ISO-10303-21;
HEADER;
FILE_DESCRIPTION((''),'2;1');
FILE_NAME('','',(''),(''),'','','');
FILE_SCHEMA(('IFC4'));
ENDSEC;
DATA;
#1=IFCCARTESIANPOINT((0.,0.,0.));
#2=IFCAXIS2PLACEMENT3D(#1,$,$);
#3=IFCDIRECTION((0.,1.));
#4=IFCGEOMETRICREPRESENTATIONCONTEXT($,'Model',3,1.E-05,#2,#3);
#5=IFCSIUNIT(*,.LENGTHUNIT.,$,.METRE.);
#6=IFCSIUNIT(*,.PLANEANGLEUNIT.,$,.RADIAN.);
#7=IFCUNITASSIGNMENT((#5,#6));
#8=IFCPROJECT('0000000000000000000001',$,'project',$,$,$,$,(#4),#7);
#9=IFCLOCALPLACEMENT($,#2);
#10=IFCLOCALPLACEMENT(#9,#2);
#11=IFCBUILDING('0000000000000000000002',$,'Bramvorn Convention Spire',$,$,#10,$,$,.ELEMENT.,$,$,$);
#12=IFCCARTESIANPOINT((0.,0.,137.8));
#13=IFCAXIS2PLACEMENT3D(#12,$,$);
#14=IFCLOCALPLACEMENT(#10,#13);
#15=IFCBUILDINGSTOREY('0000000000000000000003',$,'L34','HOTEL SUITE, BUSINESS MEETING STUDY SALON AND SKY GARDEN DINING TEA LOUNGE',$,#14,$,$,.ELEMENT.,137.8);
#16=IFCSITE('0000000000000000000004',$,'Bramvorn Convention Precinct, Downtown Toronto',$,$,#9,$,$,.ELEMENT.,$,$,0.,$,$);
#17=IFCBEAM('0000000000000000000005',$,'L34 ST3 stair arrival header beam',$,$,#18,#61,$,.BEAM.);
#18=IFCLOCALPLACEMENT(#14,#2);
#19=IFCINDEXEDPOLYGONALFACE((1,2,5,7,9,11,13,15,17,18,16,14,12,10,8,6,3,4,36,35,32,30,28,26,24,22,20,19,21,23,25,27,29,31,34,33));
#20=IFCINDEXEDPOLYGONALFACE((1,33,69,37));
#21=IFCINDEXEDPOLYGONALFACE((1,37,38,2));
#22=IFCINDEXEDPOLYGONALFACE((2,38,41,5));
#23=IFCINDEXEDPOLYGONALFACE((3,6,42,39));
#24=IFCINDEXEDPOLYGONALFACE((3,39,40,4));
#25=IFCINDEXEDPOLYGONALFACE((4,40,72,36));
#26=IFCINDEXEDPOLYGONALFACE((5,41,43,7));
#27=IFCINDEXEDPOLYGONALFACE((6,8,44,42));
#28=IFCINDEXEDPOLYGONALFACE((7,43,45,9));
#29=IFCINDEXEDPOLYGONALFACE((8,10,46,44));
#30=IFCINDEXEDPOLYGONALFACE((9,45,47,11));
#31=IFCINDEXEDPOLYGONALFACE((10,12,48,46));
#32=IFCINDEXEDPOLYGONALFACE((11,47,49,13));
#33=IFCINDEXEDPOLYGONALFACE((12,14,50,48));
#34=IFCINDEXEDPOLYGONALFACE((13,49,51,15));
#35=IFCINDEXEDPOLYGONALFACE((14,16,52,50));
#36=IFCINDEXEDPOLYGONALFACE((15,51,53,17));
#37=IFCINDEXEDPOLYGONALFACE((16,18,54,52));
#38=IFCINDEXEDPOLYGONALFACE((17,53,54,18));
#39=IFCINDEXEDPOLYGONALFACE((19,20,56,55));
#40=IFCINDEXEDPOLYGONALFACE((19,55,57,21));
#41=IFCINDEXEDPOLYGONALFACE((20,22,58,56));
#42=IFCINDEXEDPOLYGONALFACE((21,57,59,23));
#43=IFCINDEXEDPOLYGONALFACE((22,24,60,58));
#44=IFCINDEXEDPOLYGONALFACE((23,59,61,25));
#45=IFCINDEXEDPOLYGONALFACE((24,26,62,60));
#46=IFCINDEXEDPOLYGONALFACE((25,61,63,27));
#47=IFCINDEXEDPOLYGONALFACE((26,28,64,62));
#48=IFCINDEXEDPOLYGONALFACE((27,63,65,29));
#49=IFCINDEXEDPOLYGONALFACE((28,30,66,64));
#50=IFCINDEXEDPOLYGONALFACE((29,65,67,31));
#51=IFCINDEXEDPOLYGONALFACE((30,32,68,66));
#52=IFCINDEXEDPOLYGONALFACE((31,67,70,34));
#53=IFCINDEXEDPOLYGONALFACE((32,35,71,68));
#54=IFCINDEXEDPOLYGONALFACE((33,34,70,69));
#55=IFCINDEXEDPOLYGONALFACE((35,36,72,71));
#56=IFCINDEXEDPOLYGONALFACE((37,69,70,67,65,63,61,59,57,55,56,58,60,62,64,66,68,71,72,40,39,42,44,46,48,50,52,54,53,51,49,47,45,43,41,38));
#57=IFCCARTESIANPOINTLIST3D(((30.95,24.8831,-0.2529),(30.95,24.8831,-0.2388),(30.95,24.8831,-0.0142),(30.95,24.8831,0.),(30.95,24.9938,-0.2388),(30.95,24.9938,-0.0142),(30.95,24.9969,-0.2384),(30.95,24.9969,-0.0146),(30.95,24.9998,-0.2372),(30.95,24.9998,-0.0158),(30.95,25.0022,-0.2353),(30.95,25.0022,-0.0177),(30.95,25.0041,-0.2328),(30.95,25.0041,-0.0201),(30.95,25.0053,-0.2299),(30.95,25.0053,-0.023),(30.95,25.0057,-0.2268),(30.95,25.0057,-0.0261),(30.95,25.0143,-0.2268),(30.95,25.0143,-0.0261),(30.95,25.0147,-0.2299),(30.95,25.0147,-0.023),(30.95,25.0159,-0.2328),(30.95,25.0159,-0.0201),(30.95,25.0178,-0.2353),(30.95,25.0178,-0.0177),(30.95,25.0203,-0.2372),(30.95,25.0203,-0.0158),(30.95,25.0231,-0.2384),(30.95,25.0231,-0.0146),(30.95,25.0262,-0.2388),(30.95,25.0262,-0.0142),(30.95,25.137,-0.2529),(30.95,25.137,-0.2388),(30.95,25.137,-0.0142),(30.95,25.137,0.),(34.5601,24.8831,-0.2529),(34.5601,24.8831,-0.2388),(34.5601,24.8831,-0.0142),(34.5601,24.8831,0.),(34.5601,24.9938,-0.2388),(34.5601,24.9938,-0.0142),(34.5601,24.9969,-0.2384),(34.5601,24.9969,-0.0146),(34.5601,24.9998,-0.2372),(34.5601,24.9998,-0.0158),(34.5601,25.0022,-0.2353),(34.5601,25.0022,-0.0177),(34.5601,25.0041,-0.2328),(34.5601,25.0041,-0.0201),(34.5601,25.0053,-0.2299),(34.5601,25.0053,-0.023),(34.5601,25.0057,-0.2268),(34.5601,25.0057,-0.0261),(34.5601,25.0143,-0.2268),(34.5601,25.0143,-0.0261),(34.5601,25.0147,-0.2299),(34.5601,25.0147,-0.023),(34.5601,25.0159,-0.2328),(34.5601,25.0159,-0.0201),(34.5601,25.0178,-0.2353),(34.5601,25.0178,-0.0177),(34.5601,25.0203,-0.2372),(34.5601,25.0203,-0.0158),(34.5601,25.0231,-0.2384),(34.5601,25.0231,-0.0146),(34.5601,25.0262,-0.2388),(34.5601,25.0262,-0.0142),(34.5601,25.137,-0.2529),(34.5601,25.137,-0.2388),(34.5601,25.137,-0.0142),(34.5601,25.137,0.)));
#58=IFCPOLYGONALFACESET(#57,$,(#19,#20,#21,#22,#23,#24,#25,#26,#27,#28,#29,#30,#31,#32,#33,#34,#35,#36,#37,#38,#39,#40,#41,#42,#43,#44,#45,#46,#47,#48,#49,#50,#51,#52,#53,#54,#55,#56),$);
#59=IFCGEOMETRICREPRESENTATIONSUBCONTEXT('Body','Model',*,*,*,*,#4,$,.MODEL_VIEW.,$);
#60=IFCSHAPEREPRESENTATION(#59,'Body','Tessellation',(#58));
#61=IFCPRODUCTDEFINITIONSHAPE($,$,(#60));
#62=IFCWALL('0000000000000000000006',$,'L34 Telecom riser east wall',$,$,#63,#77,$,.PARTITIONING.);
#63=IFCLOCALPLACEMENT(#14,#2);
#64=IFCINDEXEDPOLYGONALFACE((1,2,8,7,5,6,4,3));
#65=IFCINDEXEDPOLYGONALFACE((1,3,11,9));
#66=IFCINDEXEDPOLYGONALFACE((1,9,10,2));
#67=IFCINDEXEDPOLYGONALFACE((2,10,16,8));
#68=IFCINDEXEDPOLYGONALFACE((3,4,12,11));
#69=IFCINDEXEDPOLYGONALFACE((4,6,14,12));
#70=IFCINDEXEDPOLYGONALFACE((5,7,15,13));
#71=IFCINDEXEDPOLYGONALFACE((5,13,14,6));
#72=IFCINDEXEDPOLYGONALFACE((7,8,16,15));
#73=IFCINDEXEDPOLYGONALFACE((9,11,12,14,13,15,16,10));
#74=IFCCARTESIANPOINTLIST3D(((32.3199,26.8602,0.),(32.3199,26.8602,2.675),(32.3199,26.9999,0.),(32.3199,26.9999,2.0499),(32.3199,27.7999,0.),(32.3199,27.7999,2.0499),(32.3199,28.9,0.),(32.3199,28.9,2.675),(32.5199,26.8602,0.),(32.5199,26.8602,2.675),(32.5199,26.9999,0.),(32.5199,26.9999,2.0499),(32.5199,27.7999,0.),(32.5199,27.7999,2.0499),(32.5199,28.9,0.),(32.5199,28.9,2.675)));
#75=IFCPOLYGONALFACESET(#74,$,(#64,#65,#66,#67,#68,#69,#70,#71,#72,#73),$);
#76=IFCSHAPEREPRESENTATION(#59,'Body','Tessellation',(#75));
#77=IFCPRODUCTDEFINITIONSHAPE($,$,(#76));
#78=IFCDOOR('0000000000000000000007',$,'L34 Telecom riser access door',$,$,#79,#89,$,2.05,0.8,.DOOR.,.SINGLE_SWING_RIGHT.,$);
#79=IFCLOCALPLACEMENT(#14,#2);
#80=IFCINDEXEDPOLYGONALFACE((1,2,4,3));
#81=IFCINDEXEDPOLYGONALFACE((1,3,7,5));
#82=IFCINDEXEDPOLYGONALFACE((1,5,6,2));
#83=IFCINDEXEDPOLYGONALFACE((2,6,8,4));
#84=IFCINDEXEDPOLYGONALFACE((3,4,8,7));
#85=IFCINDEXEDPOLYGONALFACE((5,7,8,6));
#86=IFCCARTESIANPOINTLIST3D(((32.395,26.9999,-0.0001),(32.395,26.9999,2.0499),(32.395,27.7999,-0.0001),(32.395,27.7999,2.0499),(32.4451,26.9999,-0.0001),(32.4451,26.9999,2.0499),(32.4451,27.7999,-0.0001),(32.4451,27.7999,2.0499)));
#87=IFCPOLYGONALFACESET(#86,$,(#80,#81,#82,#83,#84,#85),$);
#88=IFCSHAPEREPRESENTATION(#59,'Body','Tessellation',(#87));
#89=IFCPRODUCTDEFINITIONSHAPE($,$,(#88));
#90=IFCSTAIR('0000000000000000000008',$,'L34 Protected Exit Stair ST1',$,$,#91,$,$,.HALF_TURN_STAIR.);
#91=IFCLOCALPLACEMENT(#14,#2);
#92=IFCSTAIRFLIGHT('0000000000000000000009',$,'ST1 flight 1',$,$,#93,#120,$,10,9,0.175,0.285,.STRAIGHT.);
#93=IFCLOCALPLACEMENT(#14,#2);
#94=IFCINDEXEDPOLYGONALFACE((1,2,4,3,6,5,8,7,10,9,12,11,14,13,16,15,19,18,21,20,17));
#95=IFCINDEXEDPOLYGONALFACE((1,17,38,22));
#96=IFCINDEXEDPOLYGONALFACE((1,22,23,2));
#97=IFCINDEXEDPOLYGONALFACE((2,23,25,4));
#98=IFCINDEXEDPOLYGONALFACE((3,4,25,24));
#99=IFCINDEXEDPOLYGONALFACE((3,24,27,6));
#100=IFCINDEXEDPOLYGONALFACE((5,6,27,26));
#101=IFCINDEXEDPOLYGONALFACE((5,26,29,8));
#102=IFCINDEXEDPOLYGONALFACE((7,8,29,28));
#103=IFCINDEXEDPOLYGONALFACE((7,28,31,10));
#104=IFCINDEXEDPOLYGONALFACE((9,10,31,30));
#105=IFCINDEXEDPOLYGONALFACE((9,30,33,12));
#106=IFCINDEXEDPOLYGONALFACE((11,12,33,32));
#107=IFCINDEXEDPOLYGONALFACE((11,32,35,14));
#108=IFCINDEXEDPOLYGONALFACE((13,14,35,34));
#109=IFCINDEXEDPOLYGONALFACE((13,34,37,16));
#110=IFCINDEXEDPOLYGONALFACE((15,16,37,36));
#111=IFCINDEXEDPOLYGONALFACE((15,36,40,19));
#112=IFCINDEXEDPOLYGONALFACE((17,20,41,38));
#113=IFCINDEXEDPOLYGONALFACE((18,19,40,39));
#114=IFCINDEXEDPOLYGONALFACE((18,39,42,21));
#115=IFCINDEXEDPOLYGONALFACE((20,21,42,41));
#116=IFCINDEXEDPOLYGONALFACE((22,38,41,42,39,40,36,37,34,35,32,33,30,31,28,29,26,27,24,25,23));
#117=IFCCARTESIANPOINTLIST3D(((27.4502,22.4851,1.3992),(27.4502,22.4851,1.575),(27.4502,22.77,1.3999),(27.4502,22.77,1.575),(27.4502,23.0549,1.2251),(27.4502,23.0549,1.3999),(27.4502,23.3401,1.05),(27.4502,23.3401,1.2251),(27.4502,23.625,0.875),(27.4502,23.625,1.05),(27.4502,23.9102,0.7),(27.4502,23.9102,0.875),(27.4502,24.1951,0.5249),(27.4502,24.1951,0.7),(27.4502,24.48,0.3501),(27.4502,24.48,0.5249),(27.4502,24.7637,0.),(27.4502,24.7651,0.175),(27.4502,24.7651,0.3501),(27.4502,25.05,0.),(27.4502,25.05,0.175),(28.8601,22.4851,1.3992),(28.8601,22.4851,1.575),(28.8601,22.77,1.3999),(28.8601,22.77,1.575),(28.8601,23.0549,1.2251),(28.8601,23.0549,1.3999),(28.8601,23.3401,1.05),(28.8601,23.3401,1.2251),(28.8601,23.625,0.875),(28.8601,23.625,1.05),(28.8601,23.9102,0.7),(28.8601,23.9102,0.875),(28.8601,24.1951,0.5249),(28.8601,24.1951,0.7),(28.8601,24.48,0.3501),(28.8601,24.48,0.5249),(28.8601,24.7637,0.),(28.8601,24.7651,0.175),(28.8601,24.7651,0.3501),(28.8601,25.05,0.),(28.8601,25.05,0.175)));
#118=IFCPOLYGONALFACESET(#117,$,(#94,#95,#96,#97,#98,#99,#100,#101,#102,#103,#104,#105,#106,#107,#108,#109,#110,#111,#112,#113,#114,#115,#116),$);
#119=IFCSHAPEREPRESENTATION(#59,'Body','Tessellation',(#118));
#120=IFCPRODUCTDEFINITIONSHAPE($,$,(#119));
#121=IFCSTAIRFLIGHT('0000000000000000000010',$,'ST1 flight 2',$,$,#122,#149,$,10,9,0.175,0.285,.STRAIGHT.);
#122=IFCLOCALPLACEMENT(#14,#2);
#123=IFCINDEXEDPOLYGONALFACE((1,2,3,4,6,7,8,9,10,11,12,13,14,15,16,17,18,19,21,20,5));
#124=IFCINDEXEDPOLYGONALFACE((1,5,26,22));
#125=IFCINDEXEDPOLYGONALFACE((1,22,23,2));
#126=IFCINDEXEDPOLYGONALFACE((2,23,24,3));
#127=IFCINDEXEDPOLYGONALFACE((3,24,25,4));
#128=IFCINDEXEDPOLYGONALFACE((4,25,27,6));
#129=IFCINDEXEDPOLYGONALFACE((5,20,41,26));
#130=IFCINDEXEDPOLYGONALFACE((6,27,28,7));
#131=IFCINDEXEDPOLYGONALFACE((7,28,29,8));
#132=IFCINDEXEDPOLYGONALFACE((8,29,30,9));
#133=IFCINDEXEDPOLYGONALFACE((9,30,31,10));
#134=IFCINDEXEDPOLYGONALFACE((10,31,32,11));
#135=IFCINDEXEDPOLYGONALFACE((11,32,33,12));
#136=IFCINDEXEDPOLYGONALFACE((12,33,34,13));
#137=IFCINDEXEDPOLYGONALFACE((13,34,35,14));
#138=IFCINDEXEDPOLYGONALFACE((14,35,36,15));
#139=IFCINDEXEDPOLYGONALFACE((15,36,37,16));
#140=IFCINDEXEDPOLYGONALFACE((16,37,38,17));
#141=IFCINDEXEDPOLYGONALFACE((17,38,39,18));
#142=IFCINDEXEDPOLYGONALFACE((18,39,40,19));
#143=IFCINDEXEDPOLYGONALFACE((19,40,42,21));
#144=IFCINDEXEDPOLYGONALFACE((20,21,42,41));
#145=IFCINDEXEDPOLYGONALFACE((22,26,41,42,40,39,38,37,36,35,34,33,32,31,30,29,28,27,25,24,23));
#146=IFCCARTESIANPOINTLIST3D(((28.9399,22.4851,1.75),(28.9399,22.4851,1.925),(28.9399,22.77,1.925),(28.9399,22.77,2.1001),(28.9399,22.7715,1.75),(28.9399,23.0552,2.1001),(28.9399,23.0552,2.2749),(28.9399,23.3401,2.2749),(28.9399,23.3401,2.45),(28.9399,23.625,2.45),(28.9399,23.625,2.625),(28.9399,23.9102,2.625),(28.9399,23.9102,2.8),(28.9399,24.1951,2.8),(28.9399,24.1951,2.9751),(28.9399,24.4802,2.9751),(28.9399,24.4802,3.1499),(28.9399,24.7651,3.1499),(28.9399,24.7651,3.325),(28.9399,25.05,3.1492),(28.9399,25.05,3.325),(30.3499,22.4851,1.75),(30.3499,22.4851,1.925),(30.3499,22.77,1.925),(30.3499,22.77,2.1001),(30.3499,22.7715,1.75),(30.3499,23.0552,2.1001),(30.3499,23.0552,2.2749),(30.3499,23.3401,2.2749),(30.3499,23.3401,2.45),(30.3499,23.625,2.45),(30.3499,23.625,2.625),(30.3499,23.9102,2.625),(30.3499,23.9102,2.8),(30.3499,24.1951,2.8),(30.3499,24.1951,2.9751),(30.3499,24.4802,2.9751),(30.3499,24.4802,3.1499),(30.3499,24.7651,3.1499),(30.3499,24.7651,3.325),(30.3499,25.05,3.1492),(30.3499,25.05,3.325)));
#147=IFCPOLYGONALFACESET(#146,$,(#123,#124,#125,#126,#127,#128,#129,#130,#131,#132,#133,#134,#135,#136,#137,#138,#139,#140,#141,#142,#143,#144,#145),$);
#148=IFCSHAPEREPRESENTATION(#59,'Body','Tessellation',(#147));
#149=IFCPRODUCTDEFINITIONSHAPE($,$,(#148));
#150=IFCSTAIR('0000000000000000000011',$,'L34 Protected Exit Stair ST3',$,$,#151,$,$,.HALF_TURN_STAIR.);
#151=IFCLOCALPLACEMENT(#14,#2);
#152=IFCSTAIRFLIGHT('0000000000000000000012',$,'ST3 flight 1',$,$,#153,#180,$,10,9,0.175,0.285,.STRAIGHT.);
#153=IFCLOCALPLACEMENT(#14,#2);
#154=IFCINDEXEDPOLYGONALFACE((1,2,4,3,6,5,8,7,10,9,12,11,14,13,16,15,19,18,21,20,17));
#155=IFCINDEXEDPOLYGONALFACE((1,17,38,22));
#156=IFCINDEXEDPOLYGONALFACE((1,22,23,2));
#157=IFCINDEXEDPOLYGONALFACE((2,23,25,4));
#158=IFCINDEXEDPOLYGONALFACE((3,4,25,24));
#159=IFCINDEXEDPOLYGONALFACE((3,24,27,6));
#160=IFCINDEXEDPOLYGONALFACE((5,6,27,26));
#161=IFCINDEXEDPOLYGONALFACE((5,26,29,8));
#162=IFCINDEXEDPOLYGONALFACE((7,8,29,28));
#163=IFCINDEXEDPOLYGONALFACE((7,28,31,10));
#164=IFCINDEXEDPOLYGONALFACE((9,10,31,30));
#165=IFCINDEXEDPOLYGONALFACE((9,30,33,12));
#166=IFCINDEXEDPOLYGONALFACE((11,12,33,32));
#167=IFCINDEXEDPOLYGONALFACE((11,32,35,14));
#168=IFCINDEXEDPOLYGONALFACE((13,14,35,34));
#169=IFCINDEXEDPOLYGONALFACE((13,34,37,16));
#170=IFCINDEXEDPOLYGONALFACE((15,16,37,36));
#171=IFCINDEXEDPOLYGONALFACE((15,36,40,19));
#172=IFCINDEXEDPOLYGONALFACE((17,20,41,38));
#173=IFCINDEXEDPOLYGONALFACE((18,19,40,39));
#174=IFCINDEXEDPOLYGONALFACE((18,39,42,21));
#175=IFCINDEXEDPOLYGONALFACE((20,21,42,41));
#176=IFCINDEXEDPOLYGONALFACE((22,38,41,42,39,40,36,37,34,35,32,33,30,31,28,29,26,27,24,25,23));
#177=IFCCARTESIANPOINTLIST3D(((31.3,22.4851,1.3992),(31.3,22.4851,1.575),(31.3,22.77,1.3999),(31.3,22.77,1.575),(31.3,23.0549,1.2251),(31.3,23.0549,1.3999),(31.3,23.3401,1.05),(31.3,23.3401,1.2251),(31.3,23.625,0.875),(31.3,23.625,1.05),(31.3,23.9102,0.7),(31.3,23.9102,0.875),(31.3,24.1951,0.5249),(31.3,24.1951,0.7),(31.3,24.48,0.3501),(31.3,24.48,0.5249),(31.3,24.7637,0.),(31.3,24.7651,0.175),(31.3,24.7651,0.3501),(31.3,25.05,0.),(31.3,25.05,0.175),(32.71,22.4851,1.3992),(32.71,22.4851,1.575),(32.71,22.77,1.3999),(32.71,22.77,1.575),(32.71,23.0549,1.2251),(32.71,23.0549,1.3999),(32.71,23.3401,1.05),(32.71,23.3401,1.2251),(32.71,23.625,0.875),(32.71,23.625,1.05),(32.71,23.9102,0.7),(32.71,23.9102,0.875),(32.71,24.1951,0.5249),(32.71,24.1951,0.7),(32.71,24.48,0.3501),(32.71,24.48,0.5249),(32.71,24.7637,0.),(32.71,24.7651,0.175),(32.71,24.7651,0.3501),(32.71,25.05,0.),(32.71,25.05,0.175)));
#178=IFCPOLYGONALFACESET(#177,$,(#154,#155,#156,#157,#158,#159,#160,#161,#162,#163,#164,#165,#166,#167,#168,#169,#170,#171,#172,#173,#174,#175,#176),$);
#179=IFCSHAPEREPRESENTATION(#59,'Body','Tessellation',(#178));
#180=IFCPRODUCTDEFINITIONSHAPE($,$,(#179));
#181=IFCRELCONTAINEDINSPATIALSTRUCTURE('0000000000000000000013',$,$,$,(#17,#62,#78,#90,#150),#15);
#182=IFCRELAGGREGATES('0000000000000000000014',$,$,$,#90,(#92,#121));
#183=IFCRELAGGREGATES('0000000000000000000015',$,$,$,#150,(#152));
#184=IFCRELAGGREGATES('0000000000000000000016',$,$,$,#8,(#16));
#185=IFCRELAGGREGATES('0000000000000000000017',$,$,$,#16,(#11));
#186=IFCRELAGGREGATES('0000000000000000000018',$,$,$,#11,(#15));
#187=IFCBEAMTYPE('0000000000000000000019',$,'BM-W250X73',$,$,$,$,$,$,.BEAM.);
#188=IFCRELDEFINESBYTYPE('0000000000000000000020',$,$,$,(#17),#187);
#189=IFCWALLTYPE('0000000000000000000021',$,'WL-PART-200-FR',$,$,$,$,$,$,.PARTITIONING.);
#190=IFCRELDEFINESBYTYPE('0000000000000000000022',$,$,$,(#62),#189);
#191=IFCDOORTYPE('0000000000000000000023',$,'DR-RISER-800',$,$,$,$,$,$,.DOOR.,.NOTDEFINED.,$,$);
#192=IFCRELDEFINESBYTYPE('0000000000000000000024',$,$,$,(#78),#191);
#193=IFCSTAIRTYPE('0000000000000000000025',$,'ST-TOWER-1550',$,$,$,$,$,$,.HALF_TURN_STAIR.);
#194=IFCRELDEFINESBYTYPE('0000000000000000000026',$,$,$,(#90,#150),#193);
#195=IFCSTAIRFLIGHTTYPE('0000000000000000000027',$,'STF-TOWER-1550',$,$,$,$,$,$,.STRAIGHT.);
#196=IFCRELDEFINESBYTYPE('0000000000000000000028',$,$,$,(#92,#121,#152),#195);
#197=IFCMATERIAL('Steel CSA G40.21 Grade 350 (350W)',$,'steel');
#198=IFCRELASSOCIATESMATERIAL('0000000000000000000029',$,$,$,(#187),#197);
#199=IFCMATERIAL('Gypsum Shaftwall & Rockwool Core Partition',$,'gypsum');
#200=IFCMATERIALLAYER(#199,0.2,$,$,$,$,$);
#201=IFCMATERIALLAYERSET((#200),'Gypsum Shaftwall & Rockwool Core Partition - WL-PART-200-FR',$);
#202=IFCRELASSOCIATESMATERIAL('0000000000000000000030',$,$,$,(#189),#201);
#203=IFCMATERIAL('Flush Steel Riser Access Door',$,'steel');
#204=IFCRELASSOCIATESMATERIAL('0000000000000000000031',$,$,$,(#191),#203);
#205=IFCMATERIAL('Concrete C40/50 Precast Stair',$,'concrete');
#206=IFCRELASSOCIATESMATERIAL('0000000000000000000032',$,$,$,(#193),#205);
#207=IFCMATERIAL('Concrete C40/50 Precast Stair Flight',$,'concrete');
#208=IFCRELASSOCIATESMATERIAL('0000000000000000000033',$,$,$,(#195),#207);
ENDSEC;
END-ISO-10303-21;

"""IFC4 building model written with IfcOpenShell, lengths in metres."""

from ifc_helpers import new_model, si_unit, direction, frame, frame_2d, origin, origin_2d, place, context, subcontext, project, spatial, polyline, rectangle, i_section, outline, extrude, material, layer, layer_set, material_profile, profile_set, type_object, element, fill, aggregate, save


model = new_model("IFC4")

# Units and contexts
model_context = context("Model", 3, precision=1e-05, world=origin(), true_north=direction((0.0, 1.0)))
body_context = subcontext(model_context, "Body", "Model", "MODEL_VIEW")
ifc_project = project(units=[si_unit("LENGTHUNIT", "METRE"), si_unit("PLANEANGLEUNIT", "RADIAN")], contexts=[model_context])

# Site, building, storey
site_placement = place(None, origin())
site = spatial("IfcSite", under=ifc_project, at=site_placement, Name="Bramvorn Convention Precinct, Downtown Toronto", CompositionType="ELEMENT", RefElevation=0.0)
building_placement = place(site_placement, origin())
building = spatial("IfcBuilding", under=site, at=building_placement, Name="Bramvorn Convention Spire", CompositionType="ELEMENT")
storey_placement = place(building_placement, frame((0.0, 0.0, 137.8)))
storey = spatial("IfcBuildingStorey", under=building, at=storey_placement, Name="L34", Description="HOTEL SUITE, BUSINESS MEETING STUDY SALON AND SKY GARDEN DINING TEA LOUNGE", CompositionType="ELEMENT", Elevation=137.8)

# Beam
ifc_material_1 = material(Name="Steel CSA G40.21 Grade 350 (350W)", Category="steel")
ifc_material_profile = material_profile(ifc_material_1, i_section(OverallWidth=0.2539, OverallDepth=0.2529, WebThickness=0.0085, FlangeThickness=0.0142, FilletRadius=0.012, at=origin_2d()))
ifc_profile_set = profile_set([ifc_material_profile], Name="Steel CSA G40.21 Grade 350 (350W) - W250X73")
beam_type = type_object("IfcBeamType", Name="BM-W250X73", PredefinedType="BEAM", material=ifc_profile_set)
beam_placement = place(storey_placement, frame((30.95, 25.01, -0.1265), z_axis=(1.0, 0.0, 0.0), x_axis=(0.0, 1.0, 0.0)))
element("IfcBeam", 1, at=beam_placement, inside=storey, type_object=beam_type, Name="L34 ST3 stair arrival header beam", PredefinedType="BEAM", context=body_context, shape_type="SweptSolid", body=[
    extrude(i_section(OverallWidth=0.2539, OverallDepth=0.2529, WebThickness=0.0085, FlangeThickness=0.0142, FilletRadius=0.012, at=origin_2d()), origin(), (0.0, 0.0, 1.0), 3.6101),
])

# Wall, opening, door
ifc_material_2 = material(Name="Gypsum Shaftwall & Rockwool Core Partition", Category="gypsum")
ifc_layer_1 = layer(ifc_material_2, 0.2)
ifc_layer_set_1 = layer_set([ifc_layer_1], Name="Gypsum Shaftwall & Rockwool Core Partition - WL-PART-200-FR")
wall_type_1 = type_object("IfcWallType", Name="WL-PART-200-FR", PredefinedType="PARTITIONING", material=ifc_layer_set_1)
wall_1_placement = place(storey_placement, frame((32.4199, 26.8601, 0.0), z_axis=(0.0, 0.0, 1.0), x_axis=(0.0, 1.0, 0.0)))
wall_1 = element("IfcWall", 2, at=wall_1_placement, inside=storey, type_object=wall_type_1, Name="L34 Telecom riser east wall", PredefinedType="PARTITIONING", context=body_context, shape_type="SweptSolid", body=[
    extrude(rectangle(XDim=2.0398, YDim=0.2, at=frame_2d((1.02, 0.0))), origin(), (0.0, 0.0, 1.0), 2.675),
])
opening_1_placement = place(wall_1_placement, frame((0.1399, 0.0, 0.0)))
opening_1 = element("IfcOpeningElement", 3, at=opening_1_placement, cuts=wall_1, PredefinedType="OPENING", context=body_context, shape_type="SweptSolid", body=[
    extrude(rectangle(XDim=0.8, YDim=2.05, at=frame_2d((0.3999, 1.0249))), frame((0.0, 0.1099, 0.0), z_axis=(0.0, -1.0, 0.0), x_axis=(1.0, 0.0, 0.0)), (0.0, 0.0, 1.0), 0.22),
])
ifc_material_3 = material(Name="Flush Steel Riser Access Door", Category="steel")
door_type_1 = type_object("IfcDoorType", Name="DR-RISER-800", OperationType="NOTDEFINED", PredefinedType="DOOR", material=ifc_material_3)
door_1_placement = place(opening_1_placement, origin())
door_1 = element("IfcDoor", 4, at=door_1_placement, inside=storey, type_object=door_type_1, Name="L34 Telecom riser access door", OperationType="SINGLE_SWING_RIGHT", OverallHeight=2.05, OverallWidth=0.8, PredefinedType="DOOR", context=body_context, shape_type="SweptSolid", body=[
    extrude(rectangle(XDim=0.8, YDim=2.05, at=frame_2d((0.3999, 1.0249))), frame((0.0, 0.0249, 0.0), z_axis=(0.0, -1.0, 0.0), x_axis=(1.0, 0.0, 0.0)), (0.0, 0.0, 1.0), 0.05),
])
fill(opening_1, door_1)

# Stair, stair flights
ifc_material_4 = material(Name="Concrete C40/50 Precast Stair", Category="concrete")
stair_type = type_object("IfcStairType", Name="ST-TOWER-1550", PredefinedType="HALF_TURN_STAIR", material=ifc_material_4)
stair_1_placement = place(storey_placement, origin())
stair_1 = element("IfcStair", 5, at=stair_1_placement, inside=storey, type_object=stair_type, Name="L34 Protected Exit Stair ST1", PredefinedType="HALF_TURN_STAIR")
ifc_material_5 = material(Name="Concrete C40/50 Precast Stair Flight", Category="concrete")
stair_flight_type = type_object("IfcStairFlightType", Name="STF-TOWER-1550", PredefinedType="STRAIGHT", material=ifc_material_5)
stair_flight_1_placement = place(storey_placement, frame((28.155, 25.05, 0.0), z_axis=(0.0, 0.0, 1.0), x_axis=(0.0, -1.0, 0.0)))
stair_flight_1 = element("IfcStairFlight", 6, at=stair_flight_1_placement, type_object=stair_flight_type, Name="ST1 flight 1", NumberOfRisers=10, NumberOfTreads=9, PredefinedType="STRAIGHT", RiserHeight=0.175, TreadLength=0.285, context=body_context, shape_type="SweptSolid", body=[
    extrude(outline(polyline([(0.0, 0.0), (0.0, 0.175), (0.2849, 0.175), (0.2849, 0.3501), (0.5701, 0.3501), (0.5701, 0.5249), (0.855, 0.5249), (0.855, 0.7), (1.1399, 0.7), (1.1399, 0.875), (1.425, 0.875), (1.425, 1.05), (1.71, 1.05), (1.71, 1.2251), (1.9951, 1.2251), (1.9951, 1.3999), (2.28, 1.3999), (2.28, 1.575), (2.5649, 1.575), (2.5649, 1.75), (2.5649, 1.3992), (0.2864, 0.0), (0.0, 0.0)])), frame((0.0, 0.7051, 0.0), z_axis=(0.0, -1.0, 0.0), x_axis=(1.0, 0.0, 0.0)), (0.0, 0.0, 1.0), 1.4099),
])
stair_flight_2_placement = place(storey_placement, frame((29.645, 22.4851, 1.75), z_axis=(0.0, 0.0, 1.0), x_axis=(0.0, 1.0, 0.0)))
stair_flight_2 = element("IfcStairFlight", 7, at=stair_flight_2_placement, type_object=stair_flight_type, Name="ST1 flight 2", NumberOfRisers=10, NumberOfTreads=9, PredefinedType="STRAIGHT", RiserHeight=0.175, TreadLength=0.285, context=body_context, shape_type="SweptSolid", body=[
    extrude(outline(polyline([(0.0, 0.0), (0.0, 0.175), (0.2849, 0.175), (0.2849, 0.3501), (0.5701, 0.3501), (0.5701, 0.5249), (0.855, 0.5249), (0.855, 0.7), (1.1399, 0.7), (1.1399, 0.875), (1.425, 0.875), (1.425, 1.05), (1.71, 1.05), (1.71, 1.2251), (1.9951, 1.2251), (1.9951, 1.3999), (2.28, 1.3999), (2.28, 1.575), (2.5649, 1.575), (2.5649, 1.75), (2.5649, 1.3992), (0.2864, 0.0), (0.0, 0.0)])), frame((0.0, 0.7051, 0.0), z_axis=(0.0, -1.0, 0.0), x_axis=(1.0, 0.0, 0.0)), (0.0, 0.0, 1.0), 1.4099),
])
aggregate(stair_1, [stair_flight_1, stair_flight_2])

# Stair, stair flight
stair_2_placement = place(storey_placement, origin())
stair_2 = element("IfcStair", 8, at=stair_2_placement, inside=storey, type_object=stair_type, Name="L34 Protected Exit Stair ST3", PredefinedType="HALF_TURN_STAIR")
stair_flight_3_placement = place(storey_placement, frame((32.0049, 25.05, 0.0), z_axis=(0.0, 0.0, 1.0), x_axis=(0.0, -1.0, 0.0)))
stair_flight_3 = element("IfcStairFlight", 9, at=stair_flight_3_placement, type_object=stair_flight_type, Name="ST3 flight 1", NumberOfRisers=10, NumberOfTreads=9, PredefinedType="STRAIGHT", RiserHeight=0.175, TreadLength=0.285, context=body_context, shape_type="SweptSolid", body=[
    extrude(outline(polyline([(0.0, 0.0), (0.0, 0.175), (0.2849, 0.175), (0.2849, 0.3501), (0.5701, 0.3501), (0.5701, 0.5249), (0.855, 0.5249), (0.855, 0.7), (1.1399, 0.7), (1.1399, 0.875), (1.425, 0.875), (1.425, 1.05), (1.71, 1.05), (1.71, 1.2251), (1.9951, 1.2251), (1.9951, 1.3999), (2.28, 1.3999), (2.28, 1.575), (2.5649, 1.575), (2.5649, 1.75), (2.5649, 1.3992), (0.2864, 0.0), (0.0, 0.0)])), frame((0.0, 0.7051, 0.0), z_axis=(0.0, -1.0, 0.0), x_axis=(1.0, 0.0, 0.0)), (0.0, 0.0, 1.0), 1.4099),
])
aggregate(stair_2, [stair_flight_3])

save(model, "model.ifc")
